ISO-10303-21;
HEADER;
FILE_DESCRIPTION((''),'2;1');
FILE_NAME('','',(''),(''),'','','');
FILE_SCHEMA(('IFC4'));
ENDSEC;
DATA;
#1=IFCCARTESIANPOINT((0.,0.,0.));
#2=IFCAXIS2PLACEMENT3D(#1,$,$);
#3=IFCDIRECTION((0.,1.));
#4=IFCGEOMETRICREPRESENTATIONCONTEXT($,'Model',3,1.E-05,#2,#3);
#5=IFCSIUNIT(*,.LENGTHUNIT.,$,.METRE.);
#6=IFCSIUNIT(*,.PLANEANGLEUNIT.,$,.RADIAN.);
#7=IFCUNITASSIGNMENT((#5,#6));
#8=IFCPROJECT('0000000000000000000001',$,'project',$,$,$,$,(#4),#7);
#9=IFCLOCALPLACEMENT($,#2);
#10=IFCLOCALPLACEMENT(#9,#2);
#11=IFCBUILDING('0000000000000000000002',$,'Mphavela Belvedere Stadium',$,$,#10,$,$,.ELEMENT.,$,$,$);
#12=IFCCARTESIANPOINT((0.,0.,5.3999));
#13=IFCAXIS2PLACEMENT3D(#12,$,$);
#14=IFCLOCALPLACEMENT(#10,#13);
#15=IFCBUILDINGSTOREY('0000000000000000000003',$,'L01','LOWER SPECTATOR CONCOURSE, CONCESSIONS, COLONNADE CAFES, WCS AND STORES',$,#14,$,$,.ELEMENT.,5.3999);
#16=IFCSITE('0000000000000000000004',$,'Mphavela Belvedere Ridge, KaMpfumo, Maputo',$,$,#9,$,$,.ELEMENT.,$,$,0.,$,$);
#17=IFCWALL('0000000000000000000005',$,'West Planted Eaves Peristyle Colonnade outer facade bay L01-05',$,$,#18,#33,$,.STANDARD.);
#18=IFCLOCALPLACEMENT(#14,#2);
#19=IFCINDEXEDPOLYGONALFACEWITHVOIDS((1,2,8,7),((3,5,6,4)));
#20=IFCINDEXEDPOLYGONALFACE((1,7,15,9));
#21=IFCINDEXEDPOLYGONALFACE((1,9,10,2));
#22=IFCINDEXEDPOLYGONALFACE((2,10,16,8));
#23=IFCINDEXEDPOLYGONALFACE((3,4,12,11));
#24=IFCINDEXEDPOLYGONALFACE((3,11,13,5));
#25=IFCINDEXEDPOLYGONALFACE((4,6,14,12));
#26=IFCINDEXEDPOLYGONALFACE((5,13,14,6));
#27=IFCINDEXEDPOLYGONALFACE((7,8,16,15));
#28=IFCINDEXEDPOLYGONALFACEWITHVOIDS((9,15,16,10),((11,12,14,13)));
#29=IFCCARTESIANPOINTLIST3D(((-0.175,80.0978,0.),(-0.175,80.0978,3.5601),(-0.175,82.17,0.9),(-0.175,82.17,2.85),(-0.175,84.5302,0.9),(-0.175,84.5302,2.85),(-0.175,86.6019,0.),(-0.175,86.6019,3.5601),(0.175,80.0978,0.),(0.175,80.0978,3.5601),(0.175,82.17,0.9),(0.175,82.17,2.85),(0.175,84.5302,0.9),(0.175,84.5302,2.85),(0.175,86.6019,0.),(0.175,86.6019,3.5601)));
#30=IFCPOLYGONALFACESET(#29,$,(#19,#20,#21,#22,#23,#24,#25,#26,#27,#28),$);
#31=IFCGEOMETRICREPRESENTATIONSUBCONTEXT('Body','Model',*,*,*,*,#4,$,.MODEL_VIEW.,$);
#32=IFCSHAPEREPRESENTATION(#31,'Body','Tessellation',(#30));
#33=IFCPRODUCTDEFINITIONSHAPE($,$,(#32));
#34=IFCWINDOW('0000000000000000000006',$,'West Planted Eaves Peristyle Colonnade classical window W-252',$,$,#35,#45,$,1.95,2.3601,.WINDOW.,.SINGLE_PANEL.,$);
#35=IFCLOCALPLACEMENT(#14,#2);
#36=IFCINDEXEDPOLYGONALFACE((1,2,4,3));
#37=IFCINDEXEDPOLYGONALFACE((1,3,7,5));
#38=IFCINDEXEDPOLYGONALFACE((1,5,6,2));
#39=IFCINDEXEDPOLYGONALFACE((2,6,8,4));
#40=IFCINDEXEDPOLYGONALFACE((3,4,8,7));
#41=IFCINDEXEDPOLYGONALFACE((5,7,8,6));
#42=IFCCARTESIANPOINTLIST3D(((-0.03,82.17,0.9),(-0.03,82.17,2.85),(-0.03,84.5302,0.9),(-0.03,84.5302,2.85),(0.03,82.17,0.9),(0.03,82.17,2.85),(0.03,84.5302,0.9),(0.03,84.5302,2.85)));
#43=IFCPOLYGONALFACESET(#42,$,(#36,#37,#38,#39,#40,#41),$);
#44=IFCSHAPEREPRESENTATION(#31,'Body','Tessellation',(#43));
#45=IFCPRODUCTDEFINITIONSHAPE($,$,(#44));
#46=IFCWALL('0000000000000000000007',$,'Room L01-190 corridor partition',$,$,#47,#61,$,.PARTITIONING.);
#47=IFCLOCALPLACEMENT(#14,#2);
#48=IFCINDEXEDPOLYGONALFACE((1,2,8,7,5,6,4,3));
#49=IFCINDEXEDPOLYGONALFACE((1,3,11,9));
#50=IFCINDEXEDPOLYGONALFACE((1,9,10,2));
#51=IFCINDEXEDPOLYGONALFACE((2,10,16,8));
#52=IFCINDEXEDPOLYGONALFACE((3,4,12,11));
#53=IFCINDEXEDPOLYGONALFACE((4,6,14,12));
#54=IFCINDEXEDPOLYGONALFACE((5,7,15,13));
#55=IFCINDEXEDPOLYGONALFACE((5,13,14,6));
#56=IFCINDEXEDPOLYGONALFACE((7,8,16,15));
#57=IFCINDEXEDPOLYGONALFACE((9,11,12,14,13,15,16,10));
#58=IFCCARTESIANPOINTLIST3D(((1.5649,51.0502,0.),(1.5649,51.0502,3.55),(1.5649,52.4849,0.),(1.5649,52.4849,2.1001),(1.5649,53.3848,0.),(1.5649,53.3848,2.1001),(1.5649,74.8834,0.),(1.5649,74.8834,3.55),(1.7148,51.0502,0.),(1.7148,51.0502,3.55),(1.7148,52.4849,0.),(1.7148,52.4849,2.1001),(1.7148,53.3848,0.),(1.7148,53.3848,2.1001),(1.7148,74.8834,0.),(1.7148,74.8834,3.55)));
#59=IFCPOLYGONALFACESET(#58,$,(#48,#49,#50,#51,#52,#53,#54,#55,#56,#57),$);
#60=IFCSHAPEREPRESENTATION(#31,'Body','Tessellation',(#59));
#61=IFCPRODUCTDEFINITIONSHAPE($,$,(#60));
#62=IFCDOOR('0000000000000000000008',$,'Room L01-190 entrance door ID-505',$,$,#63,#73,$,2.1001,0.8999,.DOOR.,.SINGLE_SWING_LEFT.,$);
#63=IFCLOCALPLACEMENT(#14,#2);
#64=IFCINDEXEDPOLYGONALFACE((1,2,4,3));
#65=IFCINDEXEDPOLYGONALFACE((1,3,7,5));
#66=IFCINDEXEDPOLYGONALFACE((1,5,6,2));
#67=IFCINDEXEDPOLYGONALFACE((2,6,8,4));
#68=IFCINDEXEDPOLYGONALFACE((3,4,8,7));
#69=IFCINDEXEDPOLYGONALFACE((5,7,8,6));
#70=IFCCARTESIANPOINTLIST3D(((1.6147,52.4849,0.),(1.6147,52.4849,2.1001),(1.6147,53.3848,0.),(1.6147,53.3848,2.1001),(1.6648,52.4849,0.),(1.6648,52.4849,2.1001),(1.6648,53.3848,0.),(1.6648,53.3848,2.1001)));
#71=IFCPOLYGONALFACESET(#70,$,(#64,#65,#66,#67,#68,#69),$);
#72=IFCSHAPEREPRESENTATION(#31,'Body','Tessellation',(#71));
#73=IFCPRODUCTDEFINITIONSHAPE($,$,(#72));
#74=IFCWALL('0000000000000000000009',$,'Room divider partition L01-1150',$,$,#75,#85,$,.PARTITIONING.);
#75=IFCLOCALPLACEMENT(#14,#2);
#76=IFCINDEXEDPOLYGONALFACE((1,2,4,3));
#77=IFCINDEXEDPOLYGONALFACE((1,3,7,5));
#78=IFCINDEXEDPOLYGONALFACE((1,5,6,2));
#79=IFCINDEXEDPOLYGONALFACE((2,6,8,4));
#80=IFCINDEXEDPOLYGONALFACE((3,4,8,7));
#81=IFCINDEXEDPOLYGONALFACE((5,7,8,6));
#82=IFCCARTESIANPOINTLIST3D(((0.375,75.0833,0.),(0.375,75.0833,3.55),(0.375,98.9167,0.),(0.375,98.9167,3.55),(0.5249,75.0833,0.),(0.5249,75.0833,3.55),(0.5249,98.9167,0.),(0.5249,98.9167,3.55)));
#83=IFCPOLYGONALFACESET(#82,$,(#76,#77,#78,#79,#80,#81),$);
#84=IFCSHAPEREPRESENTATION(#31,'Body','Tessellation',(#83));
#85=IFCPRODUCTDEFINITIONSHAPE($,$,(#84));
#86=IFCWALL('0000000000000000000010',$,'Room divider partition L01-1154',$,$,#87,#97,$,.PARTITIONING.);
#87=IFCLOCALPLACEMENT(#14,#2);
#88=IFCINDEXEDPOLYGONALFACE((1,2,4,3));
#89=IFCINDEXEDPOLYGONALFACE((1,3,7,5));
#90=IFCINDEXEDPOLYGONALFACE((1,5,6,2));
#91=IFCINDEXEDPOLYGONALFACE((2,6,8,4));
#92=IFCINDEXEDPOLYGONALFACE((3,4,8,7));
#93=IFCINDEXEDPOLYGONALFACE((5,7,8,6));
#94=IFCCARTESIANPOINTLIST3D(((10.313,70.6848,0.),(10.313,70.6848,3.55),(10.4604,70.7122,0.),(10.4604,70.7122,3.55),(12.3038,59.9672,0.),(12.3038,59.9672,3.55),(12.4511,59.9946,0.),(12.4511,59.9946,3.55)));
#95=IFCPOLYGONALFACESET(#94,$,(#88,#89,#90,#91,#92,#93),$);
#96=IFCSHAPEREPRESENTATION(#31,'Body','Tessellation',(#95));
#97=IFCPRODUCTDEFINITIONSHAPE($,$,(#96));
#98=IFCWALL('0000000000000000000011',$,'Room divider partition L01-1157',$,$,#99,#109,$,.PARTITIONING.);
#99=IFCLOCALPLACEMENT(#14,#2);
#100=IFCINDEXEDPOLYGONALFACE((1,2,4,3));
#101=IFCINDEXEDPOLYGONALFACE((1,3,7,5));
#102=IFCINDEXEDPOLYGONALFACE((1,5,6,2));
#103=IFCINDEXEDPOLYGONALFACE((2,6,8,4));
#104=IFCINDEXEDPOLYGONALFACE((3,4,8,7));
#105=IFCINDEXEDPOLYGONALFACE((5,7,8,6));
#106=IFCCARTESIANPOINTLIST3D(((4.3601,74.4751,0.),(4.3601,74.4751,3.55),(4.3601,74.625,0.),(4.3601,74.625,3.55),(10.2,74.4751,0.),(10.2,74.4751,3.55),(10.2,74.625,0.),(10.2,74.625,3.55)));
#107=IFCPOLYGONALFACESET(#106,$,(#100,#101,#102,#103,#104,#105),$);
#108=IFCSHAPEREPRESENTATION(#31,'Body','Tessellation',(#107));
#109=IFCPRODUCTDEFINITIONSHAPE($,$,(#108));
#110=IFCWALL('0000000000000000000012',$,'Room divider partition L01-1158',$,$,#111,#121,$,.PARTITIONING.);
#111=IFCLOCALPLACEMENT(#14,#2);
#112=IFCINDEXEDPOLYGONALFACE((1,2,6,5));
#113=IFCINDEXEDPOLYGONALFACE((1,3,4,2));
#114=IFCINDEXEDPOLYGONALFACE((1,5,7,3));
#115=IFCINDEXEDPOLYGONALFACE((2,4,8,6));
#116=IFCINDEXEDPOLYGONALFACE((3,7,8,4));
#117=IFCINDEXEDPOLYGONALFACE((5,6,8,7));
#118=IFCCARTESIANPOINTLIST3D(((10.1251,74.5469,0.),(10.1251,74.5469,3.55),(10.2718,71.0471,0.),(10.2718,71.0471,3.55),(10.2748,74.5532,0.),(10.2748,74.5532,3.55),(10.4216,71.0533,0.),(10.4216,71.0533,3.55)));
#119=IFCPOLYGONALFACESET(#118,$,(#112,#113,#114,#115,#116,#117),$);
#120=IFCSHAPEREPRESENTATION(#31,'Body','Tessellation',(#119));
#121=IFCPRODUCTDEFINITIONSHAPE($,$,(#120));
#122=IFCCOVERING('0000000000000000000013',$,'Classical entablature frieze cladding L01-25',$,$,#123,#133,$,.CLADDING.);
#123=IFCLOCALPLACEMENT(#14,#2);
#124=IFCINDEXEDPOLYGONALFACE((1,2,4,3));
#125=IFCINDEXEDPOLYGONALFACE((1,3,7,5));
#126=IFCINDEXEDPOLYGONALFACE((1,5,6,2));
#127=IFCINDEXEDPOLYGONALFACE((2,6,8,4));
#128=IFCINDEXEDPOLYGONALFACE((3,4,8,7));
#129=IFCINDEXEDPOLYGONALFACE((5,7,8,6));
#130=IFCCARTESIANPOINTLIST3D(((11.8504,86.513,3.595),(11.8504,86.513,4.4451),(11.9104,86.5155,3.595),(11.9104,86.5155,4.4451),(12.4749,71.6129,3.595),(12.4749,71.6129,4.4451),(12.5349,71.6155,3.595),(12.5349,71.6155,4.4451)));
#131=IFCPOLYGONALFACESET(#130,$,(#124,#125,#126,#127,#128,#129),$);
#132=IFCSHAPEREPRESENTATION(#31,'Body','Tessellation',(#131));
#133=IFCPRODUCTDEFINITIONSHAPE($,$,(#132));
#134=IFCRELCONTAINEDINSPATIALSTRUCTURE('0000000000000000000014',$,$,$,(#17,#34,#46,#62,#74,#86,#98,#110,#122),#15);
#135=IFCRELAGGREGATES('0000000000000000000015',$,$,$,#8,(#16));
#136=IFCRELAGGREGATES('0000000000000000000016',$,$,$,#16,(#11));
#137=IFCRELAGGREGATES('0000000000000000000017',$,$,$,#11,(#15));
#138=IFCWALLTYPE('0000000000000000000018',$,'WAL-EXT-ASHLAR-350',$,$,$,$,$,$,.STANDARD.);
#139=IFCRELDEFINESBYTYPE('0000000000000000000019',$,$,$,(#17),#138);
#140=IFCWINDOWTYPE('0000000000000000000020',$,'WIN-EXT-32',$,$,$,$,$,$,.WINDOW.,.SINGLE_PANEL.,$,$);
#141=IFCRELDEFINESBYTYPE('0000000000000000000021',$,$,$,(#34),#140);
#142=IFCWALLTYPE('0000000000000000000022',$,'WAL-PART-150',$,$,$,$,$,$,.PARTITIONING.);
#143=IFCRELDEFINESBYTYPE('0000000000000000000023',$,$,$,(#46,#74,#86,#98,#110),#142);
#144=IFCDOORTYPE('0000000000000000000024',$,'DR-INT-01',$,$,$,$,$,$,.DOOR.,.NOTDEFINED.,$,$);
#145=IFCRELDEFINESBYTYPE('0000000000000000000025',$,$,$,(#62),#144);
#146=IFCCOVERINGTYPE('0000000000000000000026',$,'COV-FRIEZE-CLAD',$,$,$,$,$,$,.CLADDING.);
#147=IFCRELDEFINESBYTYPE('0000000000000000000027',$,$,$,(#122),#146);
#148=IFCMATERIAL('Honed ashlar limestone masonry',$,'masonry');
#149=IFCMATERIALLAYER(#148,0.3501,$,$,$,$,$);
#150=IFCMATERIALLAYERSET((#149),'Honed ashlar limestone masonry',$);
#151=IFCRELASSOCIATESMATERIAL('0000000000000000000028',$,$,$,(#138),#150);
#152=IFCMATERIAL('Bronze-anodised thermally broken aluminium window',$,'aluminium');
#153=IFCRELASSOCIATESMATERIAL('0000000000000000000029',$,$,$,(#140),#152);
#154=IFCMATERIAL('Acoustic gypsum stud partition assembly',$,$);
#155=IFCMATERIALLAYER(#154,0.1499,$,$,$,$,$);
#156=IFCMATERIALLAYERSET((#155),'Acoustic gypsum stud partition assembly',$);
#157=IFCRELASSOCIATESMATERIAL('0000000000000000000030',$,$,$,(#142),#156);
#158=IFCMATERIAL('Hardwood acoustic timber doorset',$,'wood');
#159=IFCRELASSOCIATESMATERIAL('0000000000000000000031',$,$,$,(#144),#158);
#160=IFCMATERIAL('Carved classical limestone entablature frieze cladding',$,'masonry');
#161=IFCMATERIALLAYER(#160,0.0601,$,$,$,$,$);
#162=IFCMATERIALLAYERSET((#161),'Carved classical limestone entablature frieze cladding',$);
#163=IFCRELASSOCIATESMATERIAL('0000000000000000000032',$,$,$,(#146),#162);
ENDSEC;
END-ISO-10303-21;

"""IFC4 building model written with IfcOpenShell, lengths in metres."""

from ifc_helpers import new_model, si_unit, direction, frame, frame_2d, origin, origin_2d, place, context, subcontext, project, spatial, rectangle, extrude, material, layer, layer_set, type_object, element, fill, save


model = new_model("IFC4")

# Units and contexts
model_context = context("Model", 3, precision=1e-05, world=origin(), true_north=direction((0.0, 1.0)))
body_context = subcontext(model_context, "Body", "Model", "MODEL_VIEW")
ifc_project = project(units=[si_unit("LENGTHUNIT", "METRE"), si_unit("PLANEANGLEUNIT", "RADIAN")], contexts=[model_context])

# Site, building, storey
site_placement = place(None, origin())
site = spatial("IfcSite", under=ifc_project, at=site_placement, Name="Mphavela Belvedere Ridge, KaMpfumo, Maputo", CompositionType="ELEMENT", RefElevation=0.0)
building_placement = place(site_placement, origin())
building = spatial("IfcBuilding", under=site, at=building_placement, Name="Mphavela Belvedere Stadium", CompositionType="ELEMENT")
storey_placement = place(building_placement, frame((0.0, 0.0, 5.3999)))
storey = spatial("IfcBuildingStorey", under=building, at=storey_placement, Name="L01", Description="LOWER SPECTATOR CONCOURSE, CONCESSIONS, COLONNADE CAFES, WCS AND STORES", CompositionType="ELEMENT", Elevation=5.3999)

# Wall, opening, window
ifc_material_1 = material(Name="Honed ashlar limestone masonry", Category="masonry")
ifc_layer_1 = layer(ifc_material_1, 0.3501)
ifc_layer_set_1 = layer_set([ifc_layer_1], Name="Honed ashlar limestone masonry")
wall_type_1 = type_object("IfcWallType", Name="WAL-EXT-ASHLAR-350", PredefinedType="STANDARD", material=ifc_layer_set_1)
wall_1_placement = place(storey_placement, frame((0.0, 80.0979, 0.0), z_axis=(0.0, 0.0, 1.0), x_axis=(0.0, 1.0, 0.0)))
wall_1 = element("IfcWall", 1, at=wall_1_placement, inside=storey, type_object=wall_type_1, Name="West Planted Eaves Peristyle Colonnade outer facade bay L01-05", PredefinedType="STANDARD", context=body_context, shape_type="SweptSolid", body=[
    extrude(rectangle(XDim=6.5042, YDim=0.3501, at=frame_2d((3.252, 0.0))), origin(), (0.0, 0.0, 1.0), 3.5601),
])
opening_1_placement = place(wall_1_placement, frame((2.072, 0.0, 0.8999)))
opening_1 = element("IfcOpeningElement", 2, at=opening_1_placement, cuts=wall_1, PredefinedType="OPENING", context=body_context, shape_type="SweptSolid", body=[
    extrude(rectangle(XDim=2.3601, YDim=1.95, at=frame_2d((1.1802, 0.9751))), frame((0.0, 0.1851, 0.0), z_axis=(0.0, -1.0, 0.0), x_axis=(1.0, 0.0, 0.0)), (0.0, 0.0, 1.0), 0.3701),
])
ifc_material_2 = material(Name="Bronze-anodised thermally broken aluminium window", Category="aluminium")
window_type_1 = type_object("IfcWindowType", Name="WIN-EXT-32", PartitioningType="SINGLE_PANEL", PredefinedType="WINDOW", material=ifc_material_2)
window_1_placement = place(opening_1_placement, origin())
window_1 = element("IfcWindow", 3, at=window_1_placement, inside=storey, type_object=window_type_1, Name="West Planted Eaves Peristyle Colonnade classical window W-252", OverallHeight=1.95, OverallWidth=2.3601, PartitioningType="SINGLE_PANEL", PredefinedType="WINDOW", context=body_context, shape_type="SweptSolid", body=[
    extrude(rectangle(XDim=2.3601, YDim=1.95, at=frame_2d((1.1802, 0.9751))), frame((0.0, 0.03, 0.0), z_axis=(0.0, -1.0, 0.0), x_axis=(1.0, 0.0, 0.0)), (0.0, 0.0, 1.0), 0.0601),
])
fill(opening_1, window_1)

# Wall, opening, door
ifc_material_3 = material(Name="Acoustic gypsum stud partition assembly")
ifc_layer_2 = layer(ifc_material_3, 0.1499)
ifc_layer_set_2 = layer_set([ifc_layer_2], Name="Acoustic gypsum stud partition assembly")
wall_type_2 = type_object("IfcWallType", Name="WAL-PART-150", PredefinedType="PARTITIONING", material=ifc_layer_set_2)
wall_2_placement = place(storey_placement, frame((1.6399, 74.8833, 0.0), z_axis=(0.0, 0.0, 1.0), x_axis=(0.0, -1.0, 0.0)))
wall_2 = element("IfcWall", 4, at=wall_2_placement, inside=storey, type_object=wall_type_2, Name="Room L01-190 corridor partition", PredefinedType="PARTITIONING", context=body_context, shape_type="SweptSolid", body=[
    extrude(rectangle(XDim=23.8333, YDim=0.1499, at=frame_2d((11.9165, 0.0))), origin(), (0.0, 0.0, 1.0), 3.55),
])
opening_2_placement = place(wall_2_placement, frame((21.4985, 0.0, 0.0)))
opening_2 = element("IfcOpeningElement", 5, at=opening_2_placement, cuts=wall_2, PredefinedType="OPENING", context=body_context, shape_type="SweptSolid", body=[
    extrude(rectangle(XDim=0.8999, YDim=2.1001, at=frame_2d((0.45, 1.05))), frame((0.0, 0.085, 0.0), z_axis=(0.0, -1.0, 0.0), x_axis=(1.0, 0.0, 0.0)), (0.0, 0.0, 1.0), 0.1699),
])
ifc_material_4 = material(Name="Hardwood acoustic timber doorset", Category="wood")
door_type = type_object("IfcDoorType", Name="DR-INT-01", OperationType="NOTDEFINED", PredefinedType="DOOR", material=ifc_material_4)
door_placement = place(opening_2_placement, origin())
door = element("IfcDoor", 6, at=door_placement, inside=storey, type_object=door_type, Name="Room L01-190 entrance door ID-505", OperationType="SINGLE_SWING_LEFT", OverallHeight=2.1001, OverallWidth=0.8999, PredefinedType="DOOR", context=body_context, shape_type="SweptSolid", body=[
    extrude(rectangle(XDim=0.8999, YDim=2.1001, at=frame_2d((0.45, 1.05))), frame((0.0, 0.0249, 0.0), z_axis=(0.0, -1.0, 0.0), x_axis=(1.0, 0.0, 0.0)), (0.0, 0.0, 1.0), 0.05),
])
fill(opening_2, door)

# Walls
wall_3_placement = place(storey_placement, frame((0.45, 75.0833, 0.0), z_axis=(0.0, 0.0, 1.0), x_axis=(0.0, 1.0, 0.0)))
element("IfcWall", 7, at=wall_3_placement, inside=storey, type_object=wall_type_2, Name="Room divider partition L01-1150", PredefinedType="PARTITIONING", context=body_context, shape_type="SweptSolid", body=[
    extrude(rectangle(XDim=23.8335, YDim=0.1499, at=frame_2d((11.9167, 0.0))), origin(), (0.0, 0.0, 1.0), 3.55),
])
wall_4_placement = place(storey_placement, frame((10.3867, 70.6985, 0.0), z_axis=(0.0, 0.0, 1.0), x_axis=(0.182621, -0.983183, 0.0)))
element("IfcWall", 8, at=wall_4_placement, inside=storey, type_object=wall_type_2, Name="Room divider partition L01-1154", PredefinedType="PARTITIONING", context=body_context, shape_type="SweptSolid", body=[
    extrude(rectangle(XDim=10.9009, YDim=0.1499, at=frame_2d((5.4504, 0.0))), origin(), (0.0, 0.0, 1.0), 3.55),
])
wall_5_placement = place(storey_placement, frame((4.3601, 74.55, 0.0), z_axis=(0.0, 0.0, 1.0), x_axis=(1.0, 0.0, 0.0)))
element("IfcWall", 9, at=wall_5_placement, inside=storey, type_object=wall_type_2, Name="Room divider partition L01-1157", PredefinedType="PARTITIONING", context=body_context, shape_type="SweptSolid", body=[
    extrude(rectangle(XDim=5.8398, YDim=0.1499, at=frame_2d((2.9199, 0.0))), origin(), (0.0, 0.0, 1.0), 3.55),
])
wall_6_placement = place(storey_placement, frame((10.2, 74.55, 0.0), z_axis=(0.0, 0.0, 1.0), x_axis=(0.041889, -0.999122, 0.0)))
element("IfcWall", 10, at=wall_6_placement, inside=storey, type_object=wall_type_2, Name="Room divider partition L01-1158", PredefinedType="PARTITIONING", context=body_context, shape_type="SweptSolid", body=[
    extrude(rectangle(XDim=3.5029, YDim=0.1499, at=frame_2d((1.7515, 0.0))), origin(), (0.0, 0.0, 1.0), 3.55),
])

# Covering
ifc_material_5 = material(Name="Carved classical limestone entablature frieze cladding", Category="masonry")
ifc_layer_3 = layer(ifc_material_5, 0.0601)
ifc_layer_set_3 = layer_set([ifc_layer_3], Name="Carved classical limestone entablature frieze cladding")
covering_type = type_object("IfcCoveringType", Name="COV-FRIEZE-CLAD", PredefinedType="CLADDING", material=ifc_layer_set_3)
covering_placement = place(storey_placement, frame((12.1926, 79.0642, 3.595), z_axis=(0.0, 0.0, 1.0), x_axis=(0.041876, -0.999123, 0.0)))
element("IfcCovering", 11, at=covering_placement, inside=storey, type_object=covering_type, Name="Classical entablature frieze cladding L01-25", PredefinedType="CLADDING", context=body_context, shape_type="SweptSolid", body=[
    extrude(rectangle(XDim=14.9131, YDim=0.0601, at=origin_2d()), origin(), (0.0, 0.0, 1.0), 0.8501),
])

save(model, "model.ifc")
